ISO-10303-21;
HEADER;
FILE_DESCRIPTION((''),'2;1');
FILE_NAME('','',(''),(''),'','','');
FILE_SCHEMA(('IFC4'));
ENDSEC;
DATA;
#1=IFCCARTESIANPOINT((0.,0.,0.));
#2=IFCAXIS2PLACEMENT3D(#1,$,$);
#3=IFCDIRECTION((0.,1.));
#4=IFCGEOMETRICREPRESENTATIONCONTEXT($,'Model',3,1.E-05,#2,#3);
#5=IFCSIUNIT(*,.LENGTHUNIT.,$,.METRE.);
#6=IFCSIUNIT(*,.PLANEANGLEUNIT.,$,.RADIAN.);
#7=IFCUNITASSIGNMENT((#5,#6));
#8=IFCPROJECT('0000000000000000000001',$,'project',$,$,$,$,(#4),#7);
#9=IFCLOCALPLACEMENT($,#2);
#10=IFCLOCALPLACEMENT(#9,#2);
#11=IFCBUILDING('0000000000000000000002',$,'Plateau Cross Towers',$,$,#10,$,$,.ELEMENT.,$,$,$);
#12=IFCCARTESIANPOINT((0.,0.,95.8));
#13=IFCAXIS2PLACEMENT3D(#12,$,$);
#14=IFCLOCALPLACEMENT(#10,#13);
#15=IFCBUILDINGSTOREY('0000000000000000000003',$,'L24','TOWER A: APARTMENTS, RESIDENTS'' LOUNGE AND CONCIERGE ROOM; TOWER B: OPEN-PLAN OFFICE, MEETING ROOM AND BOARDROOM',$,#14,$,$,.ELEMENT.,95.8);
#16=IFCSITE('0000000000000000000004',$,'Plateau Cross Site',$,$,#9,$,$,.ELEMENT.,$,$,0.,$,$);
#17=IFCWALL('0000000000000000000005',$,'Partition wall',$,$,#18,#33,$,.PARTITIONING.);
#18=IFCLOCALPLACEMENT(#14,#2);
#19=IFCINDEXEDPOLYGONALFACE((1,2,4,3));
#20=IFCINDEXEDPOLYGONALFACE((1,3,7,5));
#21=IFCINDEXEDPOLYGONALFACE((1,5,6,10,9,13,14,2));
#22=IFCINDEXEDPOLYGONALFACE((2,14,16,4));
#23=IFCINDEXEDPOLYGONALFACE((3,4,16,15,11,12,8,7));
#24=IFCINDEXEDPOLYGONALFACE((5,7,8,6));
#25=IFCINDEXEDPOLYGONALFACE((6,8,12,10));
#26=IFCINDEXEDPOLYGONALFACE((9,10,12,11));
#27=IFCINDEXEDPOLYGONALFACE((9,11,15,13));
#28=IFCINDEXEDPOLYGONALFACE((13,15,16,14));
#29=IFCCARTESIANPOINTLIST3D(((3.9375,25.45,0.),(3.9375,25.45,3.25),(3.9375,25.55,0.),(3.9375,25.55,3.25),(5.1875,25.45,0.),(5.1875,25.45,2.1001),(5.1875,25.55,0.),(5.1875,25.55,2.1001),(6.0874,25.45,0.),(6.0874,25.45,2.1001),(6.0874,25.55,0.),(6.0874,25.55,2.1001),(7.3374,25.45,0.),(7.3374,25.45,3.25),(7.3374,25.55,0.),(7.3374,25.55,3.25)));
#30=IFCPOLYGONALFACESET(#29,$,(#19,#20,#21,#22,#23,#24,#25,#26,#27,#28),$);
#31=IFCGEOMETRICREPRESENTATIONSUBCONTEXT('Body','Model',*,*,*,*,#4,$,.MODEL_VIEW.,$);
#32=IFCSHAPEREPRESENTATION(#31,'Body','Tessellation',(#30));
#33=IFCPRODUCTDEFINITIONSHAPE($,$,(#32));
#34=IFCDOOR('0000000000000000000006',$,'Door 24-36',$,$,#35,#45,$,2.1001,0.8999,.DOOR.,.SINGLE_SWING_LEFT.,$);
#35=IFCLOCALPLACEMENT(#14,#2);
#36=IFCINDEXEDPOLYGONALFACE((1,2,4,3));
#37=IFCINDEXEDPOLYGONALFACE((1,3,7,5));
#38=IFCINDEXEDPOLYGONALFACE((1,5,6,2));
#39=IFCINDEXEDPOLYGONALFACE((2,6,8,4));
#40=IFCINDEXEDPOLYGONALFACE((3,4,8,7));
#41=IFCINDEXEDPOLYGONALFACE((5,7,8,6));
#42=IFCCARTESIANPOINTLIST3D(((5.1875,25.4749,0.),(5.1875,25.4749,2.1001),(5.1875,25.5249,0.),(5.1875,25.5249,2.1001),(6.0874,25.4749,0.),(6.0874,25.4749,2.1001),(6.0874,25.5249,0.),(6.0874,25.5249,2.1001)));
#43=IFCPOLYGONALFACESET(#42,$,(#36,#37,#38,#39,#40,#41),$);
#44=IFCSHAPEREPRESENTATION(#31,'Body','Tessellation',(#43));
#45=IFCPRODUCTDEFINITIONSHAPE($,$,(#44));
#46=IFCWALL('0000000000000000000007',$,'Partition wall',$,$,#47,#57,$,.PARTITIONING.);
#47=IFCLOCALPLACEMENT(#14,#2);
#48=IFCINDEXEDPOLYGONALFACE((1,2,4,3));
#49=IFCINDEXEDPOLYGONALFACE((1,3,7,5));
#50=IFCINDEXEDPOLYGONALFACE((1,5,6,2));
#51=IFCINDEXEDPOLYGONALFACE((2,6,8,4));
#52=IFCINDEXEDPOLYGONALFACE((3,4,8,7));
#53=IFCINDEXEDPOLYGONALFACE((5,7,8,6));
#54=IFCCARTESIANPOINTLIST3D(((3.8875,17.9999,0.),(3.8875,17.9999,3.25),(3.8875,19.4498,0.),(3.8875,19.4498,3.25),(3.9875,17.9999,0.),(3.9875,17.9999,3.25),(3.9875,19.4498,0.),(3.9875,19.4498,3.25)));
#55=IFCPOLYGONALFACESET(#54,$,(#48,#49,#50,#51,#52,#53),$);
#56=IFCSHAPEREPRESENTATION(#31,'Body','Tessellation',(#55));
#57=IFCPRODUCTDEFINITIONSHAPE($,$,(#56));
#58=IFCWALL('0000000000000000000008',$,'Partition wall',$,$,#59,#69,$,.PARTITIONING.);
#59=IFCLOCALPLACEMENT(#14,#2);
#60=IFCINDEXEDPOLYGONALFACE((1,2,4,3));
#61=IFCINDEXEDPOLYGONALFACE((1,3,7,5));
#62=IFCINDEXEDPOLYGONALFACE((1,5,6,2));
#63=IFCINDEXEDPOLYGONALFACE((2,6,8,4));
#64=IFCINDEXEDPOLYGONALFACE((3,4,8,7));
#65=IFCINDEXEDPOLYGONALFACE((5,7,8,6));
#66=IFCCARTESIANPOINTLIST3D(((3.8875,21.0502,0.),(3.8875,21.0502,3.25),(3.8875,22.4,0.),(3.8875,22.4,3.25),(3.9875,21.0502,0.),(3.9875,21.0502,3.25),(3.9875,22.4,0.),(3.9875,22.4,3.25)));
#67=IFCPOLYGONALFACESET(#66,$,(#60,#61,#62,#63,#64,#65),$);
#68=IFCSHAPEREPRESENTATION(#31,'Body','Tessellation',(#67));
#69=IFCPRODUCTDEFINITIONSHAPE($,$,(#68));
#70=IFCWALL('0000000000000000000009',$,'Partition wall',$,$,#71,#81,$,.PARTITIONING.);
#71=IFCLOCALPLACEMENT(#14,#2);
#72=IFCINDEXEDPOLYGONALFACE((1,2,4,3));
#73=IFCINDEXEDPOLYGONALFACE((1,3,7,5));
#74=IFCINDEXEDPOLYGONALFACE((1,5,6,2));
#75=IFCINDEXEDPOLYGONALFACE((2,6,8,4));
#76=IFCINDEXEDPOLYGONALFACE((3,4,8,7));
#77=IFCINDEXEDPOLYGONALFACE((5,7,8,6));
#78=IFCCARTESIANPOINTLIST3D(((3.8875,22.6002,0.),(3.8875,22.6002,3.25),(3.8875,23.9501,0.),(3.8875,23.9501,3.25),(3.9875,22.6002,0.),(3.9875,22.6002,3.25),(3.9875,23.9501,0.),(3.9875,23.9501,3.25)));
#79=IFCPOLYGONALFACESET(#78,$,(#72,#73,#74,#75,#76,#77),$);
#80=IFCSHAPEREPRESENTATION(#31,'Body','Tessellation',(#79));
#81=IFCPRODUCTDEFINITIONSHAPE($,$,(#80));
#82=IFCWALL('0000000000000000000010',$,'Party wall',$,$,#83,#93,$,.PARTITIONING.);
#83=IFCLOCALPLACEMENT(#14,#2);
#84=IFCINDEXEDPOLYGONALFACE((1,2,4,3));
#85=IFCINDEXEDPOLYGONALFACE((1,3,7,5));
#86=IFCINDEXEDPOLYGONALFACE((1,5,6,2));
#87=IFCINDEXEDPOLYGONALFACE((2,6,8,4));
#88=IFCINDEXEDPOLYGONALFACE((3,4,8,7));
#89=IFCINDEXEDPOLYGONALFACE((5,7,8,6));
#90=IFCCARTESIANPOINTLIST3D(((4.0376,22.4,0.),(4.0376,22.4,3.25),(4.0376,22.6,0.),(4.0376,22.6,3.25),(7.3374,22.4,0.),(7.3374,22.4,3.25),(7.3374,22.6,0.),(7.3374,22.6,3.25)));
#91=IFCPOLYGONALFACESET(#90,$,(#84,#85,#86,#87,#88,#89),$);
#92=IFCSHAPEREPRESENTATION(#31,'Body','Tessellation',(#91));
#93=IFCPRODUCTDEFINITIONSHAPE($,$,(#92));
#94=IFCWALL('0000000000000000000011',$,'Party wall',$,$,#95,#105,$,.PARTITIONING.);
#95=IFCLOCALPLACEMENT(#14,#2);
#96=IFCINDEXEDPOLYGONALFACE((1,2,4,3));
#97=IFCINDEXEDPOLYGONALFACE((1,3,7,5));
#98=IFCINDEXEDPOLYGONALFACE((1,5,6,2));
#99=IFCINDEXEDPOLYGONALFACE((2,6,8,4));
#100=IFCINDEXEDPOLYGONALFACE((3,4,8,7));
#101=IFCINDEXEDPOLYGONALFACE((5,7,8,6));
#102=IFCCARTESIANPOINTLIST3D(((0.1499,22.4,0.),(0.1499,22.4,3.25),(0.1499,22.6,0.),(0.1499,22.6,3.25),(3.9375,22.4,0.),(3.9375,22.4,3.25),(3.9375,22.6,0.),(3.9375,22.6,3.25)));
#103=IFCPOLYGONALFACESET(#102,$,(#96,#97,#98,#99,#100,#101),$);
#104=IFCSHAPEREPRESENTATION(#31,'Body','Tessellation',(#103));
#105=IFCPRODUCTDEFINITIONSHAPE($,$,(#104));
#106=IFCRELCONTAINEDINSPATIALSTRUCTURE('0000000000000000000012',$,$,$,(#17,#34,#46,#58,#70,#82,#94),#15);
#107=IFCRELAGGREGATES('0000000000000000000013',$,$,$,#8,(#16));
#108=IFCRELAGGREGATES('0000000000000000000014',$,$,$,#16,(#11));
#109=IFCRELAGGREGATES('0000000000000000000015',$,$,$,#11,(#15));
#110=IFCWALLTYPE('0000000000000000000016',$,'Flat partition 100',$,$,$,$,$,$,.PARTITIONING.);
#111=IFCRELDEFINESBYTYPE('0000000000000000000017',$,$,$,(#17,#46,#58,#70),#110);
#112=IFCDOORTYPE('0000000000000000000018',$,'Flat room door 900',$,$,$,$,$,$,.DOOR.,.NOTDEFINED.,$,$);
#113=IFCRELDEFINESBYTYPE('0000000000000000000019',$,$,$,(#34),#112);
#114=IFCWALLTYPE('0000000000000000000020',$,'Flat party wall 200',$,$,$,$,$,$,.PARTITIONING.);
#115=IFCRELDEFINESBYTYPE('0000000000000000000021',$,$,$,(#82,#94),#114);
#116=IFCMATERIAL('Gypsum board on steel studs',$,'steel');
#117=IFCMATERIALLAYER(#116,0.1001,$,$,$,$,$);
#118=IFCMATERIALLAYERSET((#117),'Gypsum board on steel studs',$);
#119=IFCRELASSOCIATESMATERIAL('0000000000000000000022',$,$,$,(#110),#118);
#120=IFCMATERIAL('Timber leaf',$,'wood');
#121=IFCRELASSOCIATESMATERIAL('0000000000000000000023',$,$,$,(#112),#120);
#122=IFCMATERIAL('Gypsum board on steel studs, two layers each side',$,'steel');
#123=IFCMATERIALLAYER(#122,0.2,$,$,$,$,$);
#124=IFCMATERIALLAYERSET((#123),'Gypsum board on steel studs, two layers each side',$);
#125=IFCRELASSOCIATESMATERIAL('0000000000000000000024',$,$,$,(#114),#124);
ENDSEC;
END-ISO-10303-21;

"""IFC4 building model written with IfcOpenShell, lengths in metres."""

from ifc_helpers import new_model, si_unit, direction, frame, frame_2d, origin, place, context, subcontext, project, spatial, rectangle, extrude, material, layer, layer_set, type_object, element, fill, save


model = new_model("IFC4")

# Units and contexts
model_context = context("Model", 3, precision=1e-05, world=origin(), true_north=direction((0.0, 1.0)))
body_context = subcontext(model_context, "Body", "Model", "MODEL_VIEW")
ifc_project = project(units=[si_unit("LENGTHUNIT", "METRE"), si_unit("PLANEANGLEUNIT", "RADIAN")], contexts=[model_context])

# Site, building, storey
site_placement = place(None, origin())
site = spatial("IfcSite", under=ifc_project, at=site_placement, Name="Plateau Cross Site", CompositionType="ELEMENT", RefElevation=0.0)
building_placement = place(site_placement, origin())
building = spatial("IfcBuilding", under=site, at=building_placement, Name="Plateau Cross Towers", CompositionType="ELEMENT")
storey_placement = place(building_placement, frame((0.0, 0.0, 95.8)))
storey = spatial("IfcBuildingStorey", under=building, at=storey_placement, Name="L24", Description="TOWER A: APARTMENTS, RESIDENTS' LOUNGE AND CONCIERGE ROOM; TOWER B: OPEN-PLAN OFFICE, MEETING ROOM AND BOARDROOM", CompositionType="ELEMENT", Elevation=95.8)

# Wall, opening, door
ifc_material_1 = material(Name="Gypsum board on steel studs", Category="steel")
ifc_layer_1 = layer(ifc_material_1, 0.1001)
ifc_layer_set_1 = layer_set([ifc_layer_1], Name="Gypsum board on steel studs")
wall_type_1 = type_object("IfcWallType", Name="Flat partition 100", PredefinedType="PARTITIONING", material=ifc_layer_set_1)
ifc_material_2 = material(Name="Timber leaf", Category="wood")
door_type_1 = type_object("IfcDoorType", Name="Flat room door 900", OperationType="NOTDEFINED", PredefinedType="DOOR", material=ifc_material_2)
wall_1_placement = place(storey_placement, frame((3.9375, 25.5, 0.0), z_axis=(0.0, 0.0, 1.0), x_axis=(1.0, 0.0, 0.0)))
wall_1 = element("IfcWall", 1, at=wall_1_placement, inside=storey, type_object=wall_type_1, Name="Partition wall", PredefinedType="PARTITIONING", context=body_context, shape_type="SweptSolid", body=[
    extrude(rectangle(XDim=3.3999, YDim=0.1001, at=frame_2d((1.7, 0.0))), origin(), (0.0, 0.0, 1.0), 3.25),
])
opening_1_placement = place(wall_1_placement, frame((1.25, 0.0, 0.0)))
opening_1 = element("IfcOpeningElement", 2, at=opening_1_placement, cuts=wall_1, PredefinedType="OPENING", context=body_context, shape_type="SweptSolid", body=[
    extrude(rectangle(XDim=0.8999, YDim=2.1001, at=frame_2d((0.45, 1.05))), frame((0.0, 0.0601, 0.0), z_axis=(0.0, -1.0, 0.0), x_axis=(1.0, 0.0, 0.0)), (0.0, 0.0, 1.0), 0.1201),
])
door_1_placement = place(opening_1_placement, origin())
door_1 = element("IfcDoor", 3, at=door_1_placement, inside=storey, type_object=door_type_1, Name="Door 24-36", OperationType="SINGLE_SWING_LEFT", OverallHeight=2.1001, OverallWidth=0.8999, PredefinedType="DOOR", context=body_context, shape_type="SweptSolid", body=[
    extrude(rectangle(XDim=0.8999, YDim=2.1001, at=frame_2d((0.45, 1.05))), frame((0.0, 0.0249, 0.0), z_axis=(0.0, -1.0, 0.0), x_axis=(1.0, 0.0, 0.0)), (0.0, 0.0, 1.0), 0.05),
])
fill(opening_1, door_1)

# Walls
wall_2_placement = place(storey_placement, frame((3.9375, 19.45, 0.0), z_axis=(0.0, 0.0, 1.0), x_axis=(0.0, -1.0, 0.0)))
element("IfcWall", 4, at=wall_2_placement, inside=storey, type_object=wall_type_1, Name="Partition wall", PredefinedType="PARTITIONING", context=body_context, shape_type="SweptSolid", body=[
    extrude(rectangle(XDim=1.45, YDim=0.1001, at=frame_2d((0.7251, 0.0))), origin(), (0.0, 0.0, 1.0), 3.25),
])
for number, where, z_axis, x_axis, name in (
    (5, (3.9375, 22.3999, 0.0), (0.0, 0.0, 1.0), (0.0, -1.0, 0.0), "Partition wall"),
    (6, (3.9375, 23.95, 0.0), (0.0, 0.0, 1.0), (0.0, -1.0, 0.0), "Partition wall"),
):
    element("IfcWall", number, at=place(storey_placement, frame(where, z_axis=z_axis, x_axis=x_axis)), inside=storey, type_object=wall_type_1, Name=name, PredefinedType="PARTITIONING", context=body_context, shape_type="SweptSolid", body=[
        extrude(rectangle(XDim=1.3499, YDim=0.1001, at=frame_2d((0.6748, 0.0))), origin(), (0.0, 0.0, 1.0), 3.25),
    ])
ifc_material_3 = material(Name="Gypsum board on steel studs, two layers each side", Category="steel")
ifc_layer_2 = layer(ifc_material_3, 0.2)
ifc_layer_set_2 = layer_set([ifc_layer_2], Name="Gypsum board on steel studs, two layers each side")
wall_type_2 = type_object("IfcWallType", Name="Flat party wall 200", PredefinedType="PARTITIONING", material=ifc_layer_set_2)
wall_3_placement = place(storey_placement, frame((7.3374, 22.5, 0.0), z_axis=(0.0, 0.0, 1.0), x_axis=(-1.0, 0.0, 0.0)))
element("IfcWall", 7, at=wall_3_placement, inside=storey, type_object=wall_type_2, Name="Party wall", PredefinedType="PARTITIONING", context=body_context, shape_type="SweptSolid", body=[
    extrude(rectangle(XDim=3.2998, YDim=0.2, at=frame_2d((1.6499, 0.0))), origin(), (0.0, 0.0, 1.0), 3.25),
])
wall_4_placement = place(storey_placement, frame((0.1499, 22.5, 0.0), z_axis=(0.0, 0.0, 1.0), x_axis=(1.0, 0.0, 0.0)))
element("IfcWall", 8, at=wall_4_placement, inside=storey, type_object=wall_type_2, Name="Party wall", PredefinedType="PARTITIONING", context=body_context, shape_type="SweptSolid", body=[
    extrude(rectangle(XDim=3.7876, YDim=0.2, at=frame_2d((1.8938, 0.0))), origin(), (0.0, 0.0, 1.0), 3.25),
])

save(model, "model.ifc")
